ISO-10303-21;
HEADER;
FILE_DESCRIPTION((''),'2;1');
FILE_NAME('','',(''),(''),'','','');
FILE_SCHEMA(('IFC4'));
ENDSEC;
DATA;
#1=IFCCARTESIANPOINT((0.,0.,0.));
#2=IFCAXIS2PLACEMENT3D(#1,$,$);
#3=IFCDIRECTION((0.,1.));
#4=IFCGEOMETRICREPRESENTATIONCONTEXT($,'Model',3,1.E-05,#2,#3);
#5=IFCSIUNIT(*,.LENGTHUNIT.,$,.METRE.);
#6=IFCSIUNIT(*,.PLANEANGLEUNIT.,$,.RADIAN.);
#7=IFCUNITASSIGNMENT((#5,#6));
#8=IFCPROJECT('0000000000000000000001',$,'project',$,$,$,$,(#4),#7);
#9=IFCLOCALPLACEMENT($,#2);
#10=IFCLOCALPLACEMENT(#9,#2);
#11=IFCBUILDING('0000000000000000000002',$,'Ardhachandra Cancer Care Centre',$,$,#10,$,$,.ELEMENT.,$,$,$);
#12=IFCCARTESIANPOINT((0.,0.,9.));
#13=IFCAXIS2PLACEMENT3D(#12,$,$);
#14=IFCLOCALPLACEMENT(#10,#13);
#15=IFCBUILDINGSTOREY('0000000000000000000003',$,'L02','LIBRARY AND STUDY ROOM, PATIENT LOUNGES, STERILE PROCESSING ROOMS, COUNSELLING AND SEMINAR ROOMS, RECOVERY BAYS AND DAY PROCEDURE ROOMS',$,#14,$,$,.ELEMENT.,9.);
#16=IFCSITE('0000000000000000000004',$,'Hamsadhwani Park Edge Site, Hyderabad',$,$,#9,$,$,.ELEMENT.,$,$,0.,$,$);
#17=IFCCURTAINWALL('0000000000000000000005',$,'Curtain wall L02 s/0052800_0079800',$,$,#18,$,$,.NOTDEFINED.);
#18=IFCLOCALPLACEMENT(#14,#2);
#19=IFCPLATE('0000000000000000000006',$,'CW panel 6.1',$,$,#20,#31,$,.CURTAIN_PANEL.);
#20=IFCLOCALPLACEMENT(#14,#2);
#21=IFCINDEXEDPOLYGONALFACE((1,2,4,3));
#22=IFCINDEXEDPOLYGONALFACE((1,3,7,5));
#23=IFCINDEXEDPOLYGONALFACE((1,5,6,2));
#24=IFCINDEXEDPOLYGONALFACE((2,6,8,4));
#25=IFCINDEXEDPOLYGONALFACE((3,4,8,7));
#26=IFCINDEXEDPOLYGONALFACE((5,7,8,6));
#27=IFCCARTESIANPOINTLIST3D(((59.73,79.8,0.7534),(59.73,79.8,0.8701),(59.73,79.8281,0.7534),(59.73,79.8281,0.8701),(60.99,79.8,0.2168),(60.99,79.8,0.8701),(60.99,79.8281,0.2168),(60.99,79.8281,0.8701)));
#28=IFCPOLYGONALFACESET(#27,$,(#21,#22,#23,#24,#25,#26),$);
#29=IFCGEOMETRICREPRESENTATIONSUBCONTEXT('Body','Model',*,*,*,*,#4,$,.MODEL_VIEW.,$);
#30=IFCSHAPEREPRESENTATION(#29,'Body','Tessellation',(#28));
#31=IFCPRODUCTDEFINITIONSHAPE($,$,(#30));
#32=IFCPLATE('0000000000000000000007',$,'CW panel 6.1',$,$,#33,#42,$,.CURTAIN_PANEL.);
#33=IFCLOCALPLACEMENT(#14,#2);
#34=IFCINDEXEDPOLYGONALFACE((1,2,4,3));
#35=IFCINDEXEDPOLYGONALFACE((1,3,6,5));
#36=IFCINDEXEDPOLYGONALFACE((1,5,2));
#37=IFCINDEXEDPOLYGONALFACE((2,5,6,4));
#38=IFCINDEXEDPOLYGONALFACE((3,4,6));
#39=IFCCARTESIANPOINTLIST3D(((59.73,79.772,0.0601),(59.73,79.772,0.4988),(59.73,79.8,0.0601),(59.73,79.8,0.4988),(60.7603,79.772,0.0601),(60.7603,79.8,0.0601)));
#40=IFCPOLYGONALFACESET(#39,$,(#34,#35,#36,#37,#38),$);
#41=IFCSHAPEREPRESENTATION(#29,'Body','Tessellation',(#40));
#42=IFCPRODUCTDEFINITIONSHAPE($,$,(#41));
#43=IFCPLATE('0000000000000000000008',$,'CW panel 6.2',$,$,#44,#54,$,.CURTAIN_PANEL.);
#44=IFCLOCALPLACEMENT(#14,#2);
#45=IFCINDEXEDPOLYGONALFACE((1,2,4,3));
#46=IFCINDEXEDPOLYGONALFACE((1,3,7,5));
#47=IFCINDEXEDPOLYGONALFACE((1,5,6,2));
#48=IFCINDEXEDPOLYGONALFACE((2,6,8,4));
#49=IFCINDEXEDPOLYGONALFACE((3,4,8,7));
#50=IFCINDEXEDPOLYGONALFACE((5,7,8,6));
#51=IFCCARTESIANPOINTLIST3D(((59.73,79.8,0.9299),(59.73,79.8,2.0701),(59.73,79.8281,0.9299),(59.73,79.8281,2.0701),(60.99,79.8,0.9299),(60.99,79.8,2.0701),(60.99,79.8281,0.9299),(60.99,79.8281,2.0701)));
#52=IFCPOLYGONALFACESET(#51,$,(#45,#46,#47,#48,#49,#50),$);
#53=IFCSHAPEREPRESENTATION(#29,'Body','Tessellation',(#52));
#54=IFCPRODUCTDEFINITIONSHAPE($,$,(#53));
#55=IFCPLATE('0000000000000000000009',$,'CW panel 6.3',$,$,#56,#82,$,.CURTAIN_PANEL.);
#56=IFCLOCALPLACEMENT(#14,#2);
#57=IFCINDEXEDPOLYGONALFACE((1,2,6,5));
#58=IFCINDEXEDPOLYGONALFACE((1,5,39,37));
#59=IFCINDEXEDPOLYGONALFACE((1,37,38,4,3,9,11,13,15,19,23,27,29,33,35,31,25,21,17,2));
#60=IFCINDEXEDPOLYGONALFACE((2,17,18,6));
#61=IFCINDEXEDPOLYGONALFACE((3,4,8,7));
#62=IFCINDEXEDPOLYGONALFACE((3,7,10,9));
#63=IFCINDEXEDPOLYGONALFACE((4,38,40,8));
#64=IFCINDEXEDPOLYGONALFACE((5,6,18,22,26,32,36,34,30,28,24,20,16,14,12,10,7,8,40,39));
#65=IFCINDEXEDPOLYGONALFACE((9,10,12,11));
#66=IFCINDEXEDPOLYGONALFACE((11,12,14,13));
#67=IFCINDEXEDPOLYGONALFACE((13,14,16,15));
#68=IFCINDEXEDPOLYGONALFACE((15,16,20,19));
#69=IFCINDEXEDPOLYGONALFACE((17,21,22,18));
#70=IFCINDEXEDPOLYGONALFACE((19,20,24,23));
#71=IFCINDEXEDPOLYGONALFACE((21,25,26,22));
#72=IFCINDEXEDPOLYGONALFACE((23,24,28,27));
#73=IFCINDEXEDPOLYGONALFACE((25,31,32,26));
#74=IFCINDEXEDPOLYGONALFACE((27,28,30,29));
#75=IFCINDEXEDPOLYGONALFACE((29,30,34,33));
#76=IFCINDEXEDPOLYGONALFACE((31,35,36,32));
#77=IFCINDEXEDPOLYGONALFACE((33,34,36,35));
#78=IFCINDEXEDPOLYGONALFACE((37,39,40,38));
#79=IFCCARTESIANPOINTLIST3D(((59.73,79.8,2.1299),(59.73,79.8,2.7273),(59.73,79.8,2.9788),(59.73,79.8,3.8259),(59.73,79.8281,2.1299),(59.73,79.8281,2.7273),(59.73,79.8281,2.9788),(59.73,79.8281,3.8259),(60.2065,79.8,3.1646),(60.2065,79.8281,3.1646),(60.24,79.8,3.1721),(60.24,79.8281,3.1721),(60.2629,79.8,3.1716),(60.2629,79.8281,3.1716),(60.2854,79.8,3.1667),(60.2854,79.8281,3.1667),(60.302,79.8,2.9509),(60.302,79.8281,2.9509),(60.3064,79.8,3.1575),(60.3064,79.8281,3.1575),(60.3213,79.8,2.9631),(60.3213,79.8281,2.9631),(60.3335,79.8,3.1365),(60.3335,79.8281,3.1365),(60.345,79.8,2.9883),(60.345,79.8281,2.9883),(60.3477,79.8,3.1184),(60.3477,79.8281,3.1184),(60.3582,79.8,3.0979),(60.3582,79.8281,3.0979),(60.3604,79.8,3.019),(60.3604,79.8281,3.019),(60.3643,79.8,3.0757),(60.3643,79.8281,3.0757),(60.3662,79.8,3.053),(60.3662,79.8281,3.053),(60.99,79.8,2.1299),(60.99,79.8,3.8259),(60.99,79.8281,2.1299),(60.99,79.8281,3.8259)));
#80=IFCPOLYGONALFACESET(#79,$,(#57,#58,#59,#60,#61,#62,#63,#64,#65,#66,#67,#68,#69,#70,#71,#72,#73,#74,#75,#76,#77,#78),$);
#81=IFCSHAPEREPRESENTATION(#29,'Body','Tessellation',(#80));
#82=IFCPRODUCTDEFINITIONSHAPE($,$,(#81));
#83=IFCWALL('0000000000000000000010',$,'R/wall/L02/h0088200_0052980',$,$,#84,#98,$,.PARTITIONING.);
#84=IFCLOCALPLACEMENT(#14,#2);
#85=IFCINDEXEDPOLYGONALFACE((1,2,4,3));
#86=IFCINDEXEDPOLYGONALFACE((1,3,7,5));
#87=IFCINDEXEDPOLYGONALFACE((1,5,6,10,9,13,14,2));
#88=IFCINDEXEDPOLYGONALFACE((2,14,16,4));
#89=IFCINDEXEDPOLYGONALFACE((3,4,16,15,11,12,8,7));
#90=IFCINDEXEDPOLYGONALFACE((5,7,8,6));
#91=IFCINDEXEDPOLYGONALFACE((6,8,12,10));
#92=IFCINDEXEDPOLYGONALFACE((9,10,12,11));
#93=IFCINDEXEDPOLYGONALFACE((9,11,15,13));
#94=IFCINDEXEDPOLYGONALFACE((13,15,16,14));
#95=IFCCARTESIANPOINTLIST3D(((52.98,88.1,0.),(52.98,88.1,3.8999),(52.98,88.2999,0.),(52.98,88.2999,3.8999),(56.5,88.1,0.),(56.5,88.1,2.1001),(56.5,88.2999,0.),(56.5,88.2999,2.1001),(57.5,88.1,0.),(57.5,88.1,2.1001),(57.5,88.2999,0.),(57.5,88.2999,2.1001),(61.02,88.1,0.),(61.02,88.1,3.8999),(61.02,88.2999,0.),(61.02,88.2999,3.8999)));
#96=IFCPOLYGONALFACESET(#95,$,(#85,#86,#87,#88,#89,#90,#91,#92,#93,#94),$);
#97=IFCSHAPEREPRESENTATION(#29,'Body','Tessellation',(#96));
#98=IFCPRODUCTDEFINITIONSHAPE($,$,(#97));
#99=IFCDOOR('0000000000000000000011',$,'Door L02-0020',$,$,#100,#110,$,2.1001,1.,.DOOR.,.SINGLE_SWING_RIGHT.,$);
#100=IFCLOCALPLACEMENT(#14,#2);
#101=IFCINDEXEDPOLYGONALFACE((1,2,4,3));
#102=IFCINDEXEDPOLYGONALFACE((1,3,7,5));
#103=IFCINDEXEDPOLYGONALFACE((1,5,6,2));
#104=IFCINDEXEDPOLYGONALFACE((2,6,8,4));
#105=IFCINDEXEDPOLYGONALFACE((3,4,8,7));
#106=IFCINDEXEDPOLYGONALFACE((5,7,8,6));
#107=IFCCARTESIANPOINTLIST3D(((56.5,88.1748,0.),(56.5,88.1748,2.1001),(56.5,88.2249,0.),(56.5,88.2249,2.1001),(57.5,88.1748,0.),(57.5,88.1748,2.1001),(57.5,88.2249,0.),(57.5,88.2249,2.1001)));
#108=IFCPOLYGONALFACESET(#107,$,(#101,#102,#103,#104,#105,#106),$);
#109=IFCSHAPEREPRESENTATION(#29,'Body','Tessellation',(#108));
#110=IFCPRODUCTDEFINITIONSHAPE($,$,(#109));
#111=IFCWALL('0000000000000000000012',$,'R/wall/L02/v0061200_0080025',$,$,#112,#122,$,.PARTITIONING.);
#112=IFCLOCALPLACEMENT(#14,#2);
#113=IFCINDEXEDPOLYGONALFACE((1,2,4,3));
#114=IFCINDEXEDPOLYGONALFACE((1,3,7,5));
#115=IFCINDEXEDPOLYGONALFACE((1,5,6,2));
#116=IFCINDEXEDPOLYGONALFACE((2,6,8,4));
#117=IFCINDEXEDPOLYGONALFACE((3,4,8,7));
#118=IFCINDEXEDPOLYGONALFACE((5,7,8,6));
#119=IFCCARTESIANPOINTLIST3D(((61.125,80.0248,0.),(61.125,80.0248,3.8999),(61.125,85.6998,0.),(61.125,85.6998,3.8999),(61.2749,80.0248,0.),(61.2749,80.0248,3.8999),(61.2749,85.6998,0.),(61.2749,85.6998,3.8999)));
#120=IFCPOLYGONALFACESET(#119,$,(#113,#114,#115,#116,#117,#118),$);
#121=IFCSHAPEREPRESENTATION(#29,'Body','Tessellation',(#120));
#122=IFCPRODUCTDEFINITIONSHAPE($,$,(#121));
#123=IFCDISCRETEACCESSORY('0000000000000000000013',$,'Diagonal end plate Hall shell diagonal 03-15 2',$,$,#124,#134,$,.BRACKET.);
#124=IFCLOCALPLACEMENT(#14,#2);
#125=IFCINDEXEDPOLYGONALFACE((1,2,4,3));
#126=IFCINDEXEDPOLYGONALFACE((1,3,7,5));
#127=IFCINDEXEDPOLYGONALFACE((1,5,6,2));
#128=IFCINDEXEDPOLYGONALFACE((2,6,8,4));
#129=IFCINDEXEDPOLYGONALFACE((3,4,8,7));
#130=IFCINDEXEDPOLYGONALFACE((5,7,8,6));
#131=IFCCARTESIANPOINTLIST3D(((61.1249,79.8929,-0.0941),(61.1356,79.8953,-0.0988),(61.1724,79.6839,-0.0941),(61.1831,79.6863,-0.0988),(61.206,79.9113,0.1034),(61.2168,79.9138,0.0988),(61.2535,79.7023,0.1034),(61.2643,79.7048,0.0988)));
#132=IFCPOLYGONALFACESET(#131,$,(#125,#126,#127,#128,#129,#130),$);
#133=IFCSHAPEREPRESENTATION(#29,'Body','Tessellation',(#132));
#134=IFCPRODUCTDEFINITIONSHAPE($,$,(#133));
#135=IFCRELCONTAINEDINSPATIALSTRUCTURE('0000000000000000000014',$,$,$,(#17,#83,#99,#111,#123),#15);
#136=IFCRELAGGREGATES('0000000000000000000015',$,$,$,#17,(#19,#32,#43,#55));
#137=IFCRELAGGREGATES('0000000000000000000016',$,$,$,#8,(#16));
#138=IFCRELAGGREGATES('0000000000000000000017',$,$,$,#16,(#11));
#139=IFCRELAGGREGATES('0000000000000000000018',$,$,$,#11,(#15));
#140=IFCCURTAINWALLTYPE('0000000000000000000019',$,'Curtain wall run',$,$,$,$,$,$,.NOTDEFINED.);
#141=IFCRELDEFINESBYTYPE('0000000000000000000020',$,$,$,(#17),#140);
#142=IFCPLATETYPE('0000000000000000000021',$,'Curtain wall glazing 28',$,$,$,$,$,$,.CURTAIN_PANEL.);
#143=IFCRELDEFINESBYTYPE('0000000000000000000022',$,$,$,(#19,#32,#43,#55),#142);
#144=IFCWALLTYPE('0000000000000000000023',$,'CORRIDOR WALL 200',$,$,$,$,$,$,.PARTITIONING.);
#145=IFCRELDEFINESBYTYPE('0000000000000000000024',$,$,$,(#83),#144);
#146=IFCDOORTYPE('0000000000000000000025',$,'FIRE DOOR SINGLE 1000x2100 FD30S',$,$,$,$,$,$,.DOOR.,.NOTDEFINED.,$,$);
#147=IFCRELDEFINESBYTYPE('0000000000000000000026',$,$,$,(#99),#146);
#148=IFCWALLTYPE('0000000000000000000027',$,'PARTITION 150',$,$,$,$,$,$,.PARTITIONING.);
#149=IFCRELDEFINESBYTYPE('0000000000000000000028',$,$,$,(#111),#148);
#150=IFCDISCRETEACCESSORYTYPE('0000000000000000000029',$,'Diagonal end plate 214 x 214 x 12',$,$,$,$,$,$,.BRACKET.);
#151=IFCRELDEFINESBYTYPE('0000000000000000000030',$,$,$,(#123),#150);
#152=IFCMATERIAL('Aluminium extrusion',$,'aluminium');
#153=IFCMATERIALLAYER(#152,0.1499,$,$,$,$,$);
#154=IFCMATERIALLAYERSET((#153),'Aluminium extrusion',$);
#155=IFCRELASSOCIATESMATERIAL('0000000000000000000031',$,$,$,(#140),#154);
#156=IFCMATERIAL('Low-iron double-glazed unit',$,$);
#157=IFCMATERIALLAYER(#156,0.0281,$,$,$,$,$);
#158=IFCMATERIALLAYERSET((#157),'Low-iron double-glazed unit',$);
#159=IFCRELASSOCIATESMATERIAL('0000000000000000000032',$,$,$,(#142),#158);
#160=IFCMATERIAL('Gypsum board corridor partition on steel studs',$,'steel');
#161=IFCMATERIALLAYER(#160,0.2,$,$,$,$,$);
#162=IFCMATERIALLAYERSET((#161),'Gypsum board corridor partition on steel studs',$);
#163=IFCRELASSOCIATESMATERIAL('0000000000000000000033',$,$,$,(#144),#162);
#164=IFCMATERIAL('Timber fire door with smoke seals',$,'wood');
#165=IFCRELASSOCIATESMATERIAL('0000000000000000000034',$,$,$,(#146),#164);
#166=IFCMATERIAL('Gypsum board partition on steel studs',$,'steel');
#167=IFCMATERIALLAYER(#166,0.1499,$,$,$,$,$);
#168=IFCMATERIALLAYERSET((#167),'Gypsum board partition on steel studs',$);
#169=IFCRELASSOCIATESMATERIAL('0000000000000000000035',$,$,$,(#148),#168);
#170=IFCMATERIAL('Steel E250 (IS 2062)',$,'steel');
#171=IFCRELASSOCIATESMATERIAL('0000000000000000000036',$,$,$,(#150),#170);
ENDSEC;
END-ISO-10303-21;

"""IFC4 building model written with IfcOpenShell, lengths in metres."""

from ifc_helpers import new_model, si_unit, direction, frame, frame_2d, origin, origin_2d, place, context, subcontext, project, spatial, polyline, rectangle, outline, extrude, material, layer, layer_set, material_profile, profile_set, type_object, element, fill, aggregate, save


model = new_model("IFC4")

# Units and contexts
model_context = context("Model", 3, precision=1e-05, world=origin(), true_north=direction((0.0, 1.0)))
body_context = subcontext(model_context, "Body", "Model", "MODEL_VIEW")
ifc_project = project(units=[si_unit("LENGTHUNIT", "METRE"), si_unit("PLANEANGLEUNIT", "RADIAN")], contexts=[model_context])

# Site, building, storey
site_placement = place(None, origin())
site = spatial("IfcSite", under=ifc_project, at=site_placement, Name="Hamsadhwani Park Edge Site, Hyderabad", CompositionType="ELEMENT", RefElevation=0.0)
building_placement = place(site_placement, origin())
building = spatial("IfcBuilding", under=site, at=building_placement, Name="Ardhachandra Cancer Care Centre", CompositionType="ELEMENT")
storey_placement = place(building_placement, frame((0.0, 0.0, 9.0)))
storey = spatial("IfcBuildingStorey", under=building, at=storey_placement, Name="L02", Description="LIBRARY AND STUDY ROOM, PATIENT LOUNGES, STERILE PROCESSING ROOMS, COUNSELLING AND SEMINAR ROOMS, RECOVERY BAYS AND DAY PROCEDURE ROOMS", CompositionType="ELEMENT", Elevation=9.0)

# Curtain wall
ifc_material_1 = material(Name="Aluminium extrusion", Category="aluminium")
ifc_layer_1 = layer(ifc_material_1, 0.1499)
ifc_layer_set_1 = layer_set([ifc_layer_1], Name="Aluminium extrusion")
curtain_wall_type = type_object("IfcCurtainWallType", Name="Curtain wall run", PredefinedType="NOTDEFINED", material=ifc_layer_set_1)
curtain_wall_placement = place(storey_placement, origin())
curtain_wall = element("IfcCurtainWall", 1, at=curtain_wall_placement, inside=storey, type_object=curtain_wall_type, Name="Curtain wall L02 s/0052800_0079800", PredefinedType="NOTDEFINED")

# Plates
ifc_material_2 = material(Name="Low-iron double-glazed unit")
ifc_layer_2 = layer(ifc_material_2, 0.0281)
ifc_layer_set_2 = layer_set([ifc_layer_2], Name="Low-iron double-glazed unit")
plate_type = type_object("IfcPlateType", Name="Curtain wall glazing 28", PredefinedType="CURTAIN_PANEL", material=ifc_layer_set_2)
plate_1_placement = place(storey_placement, frame((59.73, 79.8, 0.8701), z_axis=(0.0, 1.0, 0.0), x_axis=(1.0, 0.0, 0.0)))
plate_1 = element("IfcPlate", 2, at=plate_1_placement, type_object=plate_type, Name="CW panel 6.1", PredefinedType="CURTAIN_PANEL", context=body_context, shape_type="SweptSolid", body=[
    extrude(outline(polyline([(0.0, 0.0), (1.26, 0.0), (1.26, 0.6533), (0.0, 0.1167), (0.0, 0.0)])), origin(), (0.0, 0.0, 1.0), 0.0281),
])
plate_2_placement = place(storey_placement, frame((59.73, 79.8, 0.0601), z_axis=(0.0, 1.0, 0.0), x_axis=(0.0, 0.0, 1.0)))
plate_2 = element("IfcPlate", 3, at=plate_2_placement, type_object=plate_type, Name="CW panel 6.1", PredefinedType="CURTAIN_PANEL", context=body_context, shape_type="SweptSolid", body=[
    extrude(outline(polyline([(0.0, 0.0), (0.4387, 0.0), (0.0, 1.0303), (0.0, 0.0)])), frame((0.0, 0.0, -0.0281)), (0.0, 0.0, 1.0), 0.0281),
])
plate_3_placement = place(storey_placement, frame((59.73, 79.8, 0.9299), z_axis=(0.0, 1.0, 0.0), x_axis=(0.0, 0.0, 1.0)))
plate_3 = element("IfcPlate", 4, at=plate_3_placement, type_object=plate_type, Name="CW panel 6.2", PredefinedType="CURTAIN_PANEL", context=body_context, shape_type="SweptSolid", body=[
    extrude(outline(polyline([(0.0, 0.0), (1.1401, 0.0), (1.1401, 1.26), (0.0, 1.26), (0.0, 0.0)])), origin(), (0.0, 0.0, 1.0), 0.0281),
])
plate_4_placement = place(storey_placement, frame((59.73, 79.8, 3.8259), z_axis=(0.0, 1.0, 0.0), x_axis=(1.0, 0.0, 0.0)))
plate_4 = element("IfcPlate", 5, at=plate_4_placement, type_object=plate_type, Name="CW panel 6.3", PredefinedType="CURTAIN_PANEL", context=body_context, shape_type="SweptSolid", body=[
    extrude(outline(polyline([(0.0, 0.0), (1.26, 0.0), (1.26, 1.696), (0.0, 1.696), (0.0, 1.0986), (0.572, 0.875), (0.5913, 0.8628), (0.615, 0.8376), (0.6304, 0.8069), (0.6362, 0.7729), (0.6343, 0.7502), (0.6282, 0.728), (0.6177, 0.7075), (0.6035, 0.6895), (0.5764, 0.6685), (0.5554, 0.6592), (0.533, 0.6543), (0.51, 0.6538), (0.4766, 0.6614), (0.0, 0.8472), (0.0, 0.0)])), origin(), (0.0, 0.0, 1.0), 0.0281),
])
aggregate(curtain_wall, [plate_1, plate_2, plate_3, plate_4])

# Wall, opening, door
ifc_material_3 = material(Name="Gypsum board corridor partition on steel studs", Category="steel")
ifc_layer_3 = layer(ifc_material_3, 0.2)
ifc_layer_set_3 = layer_set([ifc_layer_3], Name="Gypsum board corridor partition on steel studs")
wall_type_1 = type_object("IfcWallType", Name="CORRIDOR WALL 200", PredefinedType="PARTITIONING", material=ifc_layer_set_3)
wall_1_placement = place(storey_placement, frame((52.98, 88.2, 0.0), z_axis=(0.0, 0.0, 1.0), x_axis=(1.0, 0.0, 0.0)))
wall_1 = element("IfcWall", 6, at=wall_1_placement, inside=storey, type_object=wall_type_1, Name="R/wall/L02/h0088200_0052980", PredefinedType="PARTITIONING", context=body_context, shape_type="SweptSolid", body=[
    extrude(rectangle(XDim=8.04, YDim=0.2, at=frame_2d((4.02, 0.0))), origin(), (0.0, 0.0, 1.0), 3.8999),
])
opening_placement = place(wall_1_placement, frame((3.52, 0.0, 0.0)))
opening = element("IfcOpeningElement", 7, at=opening_placement, cuts=wall_1, PredefinedType="OPENING", context=body_context, shape_type="SweptSolid", body=[
    extrude(rectangle(XDim=1.0, YDim=2.1001, at=frame_2d((0.5, 1.05))), frame((0.0, 0.1099, 0.0), z_axis=(0.0, -1.0, 0.0), x_axis=(1.0, 0.0, 0.0)), (0.0, 0.0, 1.0), 0.22),
])
ifc_material_4 = material(Name="Timber fire door with smoke seals", Category="wood")
door_type = type_object("IfcDoorType", Name="FIRE DOOR SINGLE 1000x2100 FD30S", OperationType="NOTDEFINED", PredefinedType="DOOR", material=ifc_material_4)
door_placement = place(opening_placement, origin())
door = element("IfcDoor", 8, at=door_placement, inside=storey, type_object=door_type, Name="Door L02-0020", OperationType="SINGLE_SWING_RIGHT", OverallHeight=2.1001, OverallWidth=1.0, PredefinedType="DOOR", context=body_context, shape_type="SweptSolid", body=[
    extrude(rectangle(XDim=1.0, YDim=2.1001, at=frame_2d((0.5, 1.05))), frame((0.0, 0.0249, 0.0), z_axis=(0.0, -1.0, 0.0), x_axis=(1.0, 0.0, 0.0)), (0.0, 0.0, 1.0), 0.05),
])
fill(opening, door)

# Wall
ifc_material_5 = material(Name="Gypsum board partition on steel studs", Category="steel")
ifc_layer_4 = layer(ifc_material_5, 0.1499)
ifc_layer_set_4 = layer_set([ifc_layer_4], Name="Gypsum board partition on steel studs")
wall_type_2 = type_object("IfcWallType", Name="PARTITION 150", PredefinedType="PARTITIONING", material=ifc_layer_set_4)
wall_2_placement = place(storey_placement, frame((61.2, 80.0249, 0.0), z_axis=(0.0, 0.0, 1.0), x_axis=(0.0, 1.0, 0.0)))
element("IfcWall", 9, at=wall_2_placement, inside=storey, type_object=wall_type_2, Name="R/wall/L02/v0061200_0080025", PredefinedType="PARTITIONING", context=body_context, shape_type="SweptSolid", body=[
    extrude(rectangle(XDim=5.675, YDim=0.1499, at=frame_2d((2.8374, 0.0))), origin(), (0.0, 0.0, 1.0), 3.8999),
])

# Discrete accessory
ifc_material_6 = material(Name="Steel E250 (IS 2062)", Category="steel")
ifc_material_profile_1 = material_profile(ifc_material_6, rectangle(XDim=0.2144, YDim=0.2144, at=origin_2d()), Name="PL 214x214x12")
ifc_profile_set_1 = profile_set([ifc_material_profile_1], Name="Steel E250 (IS 2062)")
discrete_accessory_type = type_object("IfcDiscreteAccessoryType", Name="Diagonal end plate 214 x 214 x 12", PredefinedType="BRACKET", material=ifc_profile_set_1)
discrete_accessory_placement = place(storey_placement, frame((61.2, 79.8, 0.0), z_axis=(-0.898708, -0.204252, 0.388079), x_axis=(0.221621, -0.975133, 0.0)))
element("IfcDiscreteAccessory", 10, at=discrete_accessory_placement, inside=storey, type_object=discrete_accessory_type, Name="Diagonal end plate Hall shell diagonal 03-15 2", PredefinedType="BRACKET", context=body_context, shape_type="SweptSolid", body=[
    extrude(rectangle(XDim=0.2144, YDim=0.2144, at=origin_2d()), origin(), (0.0, 0.0, 1.0), 0.012),
])

save(model, "model.ifc")
